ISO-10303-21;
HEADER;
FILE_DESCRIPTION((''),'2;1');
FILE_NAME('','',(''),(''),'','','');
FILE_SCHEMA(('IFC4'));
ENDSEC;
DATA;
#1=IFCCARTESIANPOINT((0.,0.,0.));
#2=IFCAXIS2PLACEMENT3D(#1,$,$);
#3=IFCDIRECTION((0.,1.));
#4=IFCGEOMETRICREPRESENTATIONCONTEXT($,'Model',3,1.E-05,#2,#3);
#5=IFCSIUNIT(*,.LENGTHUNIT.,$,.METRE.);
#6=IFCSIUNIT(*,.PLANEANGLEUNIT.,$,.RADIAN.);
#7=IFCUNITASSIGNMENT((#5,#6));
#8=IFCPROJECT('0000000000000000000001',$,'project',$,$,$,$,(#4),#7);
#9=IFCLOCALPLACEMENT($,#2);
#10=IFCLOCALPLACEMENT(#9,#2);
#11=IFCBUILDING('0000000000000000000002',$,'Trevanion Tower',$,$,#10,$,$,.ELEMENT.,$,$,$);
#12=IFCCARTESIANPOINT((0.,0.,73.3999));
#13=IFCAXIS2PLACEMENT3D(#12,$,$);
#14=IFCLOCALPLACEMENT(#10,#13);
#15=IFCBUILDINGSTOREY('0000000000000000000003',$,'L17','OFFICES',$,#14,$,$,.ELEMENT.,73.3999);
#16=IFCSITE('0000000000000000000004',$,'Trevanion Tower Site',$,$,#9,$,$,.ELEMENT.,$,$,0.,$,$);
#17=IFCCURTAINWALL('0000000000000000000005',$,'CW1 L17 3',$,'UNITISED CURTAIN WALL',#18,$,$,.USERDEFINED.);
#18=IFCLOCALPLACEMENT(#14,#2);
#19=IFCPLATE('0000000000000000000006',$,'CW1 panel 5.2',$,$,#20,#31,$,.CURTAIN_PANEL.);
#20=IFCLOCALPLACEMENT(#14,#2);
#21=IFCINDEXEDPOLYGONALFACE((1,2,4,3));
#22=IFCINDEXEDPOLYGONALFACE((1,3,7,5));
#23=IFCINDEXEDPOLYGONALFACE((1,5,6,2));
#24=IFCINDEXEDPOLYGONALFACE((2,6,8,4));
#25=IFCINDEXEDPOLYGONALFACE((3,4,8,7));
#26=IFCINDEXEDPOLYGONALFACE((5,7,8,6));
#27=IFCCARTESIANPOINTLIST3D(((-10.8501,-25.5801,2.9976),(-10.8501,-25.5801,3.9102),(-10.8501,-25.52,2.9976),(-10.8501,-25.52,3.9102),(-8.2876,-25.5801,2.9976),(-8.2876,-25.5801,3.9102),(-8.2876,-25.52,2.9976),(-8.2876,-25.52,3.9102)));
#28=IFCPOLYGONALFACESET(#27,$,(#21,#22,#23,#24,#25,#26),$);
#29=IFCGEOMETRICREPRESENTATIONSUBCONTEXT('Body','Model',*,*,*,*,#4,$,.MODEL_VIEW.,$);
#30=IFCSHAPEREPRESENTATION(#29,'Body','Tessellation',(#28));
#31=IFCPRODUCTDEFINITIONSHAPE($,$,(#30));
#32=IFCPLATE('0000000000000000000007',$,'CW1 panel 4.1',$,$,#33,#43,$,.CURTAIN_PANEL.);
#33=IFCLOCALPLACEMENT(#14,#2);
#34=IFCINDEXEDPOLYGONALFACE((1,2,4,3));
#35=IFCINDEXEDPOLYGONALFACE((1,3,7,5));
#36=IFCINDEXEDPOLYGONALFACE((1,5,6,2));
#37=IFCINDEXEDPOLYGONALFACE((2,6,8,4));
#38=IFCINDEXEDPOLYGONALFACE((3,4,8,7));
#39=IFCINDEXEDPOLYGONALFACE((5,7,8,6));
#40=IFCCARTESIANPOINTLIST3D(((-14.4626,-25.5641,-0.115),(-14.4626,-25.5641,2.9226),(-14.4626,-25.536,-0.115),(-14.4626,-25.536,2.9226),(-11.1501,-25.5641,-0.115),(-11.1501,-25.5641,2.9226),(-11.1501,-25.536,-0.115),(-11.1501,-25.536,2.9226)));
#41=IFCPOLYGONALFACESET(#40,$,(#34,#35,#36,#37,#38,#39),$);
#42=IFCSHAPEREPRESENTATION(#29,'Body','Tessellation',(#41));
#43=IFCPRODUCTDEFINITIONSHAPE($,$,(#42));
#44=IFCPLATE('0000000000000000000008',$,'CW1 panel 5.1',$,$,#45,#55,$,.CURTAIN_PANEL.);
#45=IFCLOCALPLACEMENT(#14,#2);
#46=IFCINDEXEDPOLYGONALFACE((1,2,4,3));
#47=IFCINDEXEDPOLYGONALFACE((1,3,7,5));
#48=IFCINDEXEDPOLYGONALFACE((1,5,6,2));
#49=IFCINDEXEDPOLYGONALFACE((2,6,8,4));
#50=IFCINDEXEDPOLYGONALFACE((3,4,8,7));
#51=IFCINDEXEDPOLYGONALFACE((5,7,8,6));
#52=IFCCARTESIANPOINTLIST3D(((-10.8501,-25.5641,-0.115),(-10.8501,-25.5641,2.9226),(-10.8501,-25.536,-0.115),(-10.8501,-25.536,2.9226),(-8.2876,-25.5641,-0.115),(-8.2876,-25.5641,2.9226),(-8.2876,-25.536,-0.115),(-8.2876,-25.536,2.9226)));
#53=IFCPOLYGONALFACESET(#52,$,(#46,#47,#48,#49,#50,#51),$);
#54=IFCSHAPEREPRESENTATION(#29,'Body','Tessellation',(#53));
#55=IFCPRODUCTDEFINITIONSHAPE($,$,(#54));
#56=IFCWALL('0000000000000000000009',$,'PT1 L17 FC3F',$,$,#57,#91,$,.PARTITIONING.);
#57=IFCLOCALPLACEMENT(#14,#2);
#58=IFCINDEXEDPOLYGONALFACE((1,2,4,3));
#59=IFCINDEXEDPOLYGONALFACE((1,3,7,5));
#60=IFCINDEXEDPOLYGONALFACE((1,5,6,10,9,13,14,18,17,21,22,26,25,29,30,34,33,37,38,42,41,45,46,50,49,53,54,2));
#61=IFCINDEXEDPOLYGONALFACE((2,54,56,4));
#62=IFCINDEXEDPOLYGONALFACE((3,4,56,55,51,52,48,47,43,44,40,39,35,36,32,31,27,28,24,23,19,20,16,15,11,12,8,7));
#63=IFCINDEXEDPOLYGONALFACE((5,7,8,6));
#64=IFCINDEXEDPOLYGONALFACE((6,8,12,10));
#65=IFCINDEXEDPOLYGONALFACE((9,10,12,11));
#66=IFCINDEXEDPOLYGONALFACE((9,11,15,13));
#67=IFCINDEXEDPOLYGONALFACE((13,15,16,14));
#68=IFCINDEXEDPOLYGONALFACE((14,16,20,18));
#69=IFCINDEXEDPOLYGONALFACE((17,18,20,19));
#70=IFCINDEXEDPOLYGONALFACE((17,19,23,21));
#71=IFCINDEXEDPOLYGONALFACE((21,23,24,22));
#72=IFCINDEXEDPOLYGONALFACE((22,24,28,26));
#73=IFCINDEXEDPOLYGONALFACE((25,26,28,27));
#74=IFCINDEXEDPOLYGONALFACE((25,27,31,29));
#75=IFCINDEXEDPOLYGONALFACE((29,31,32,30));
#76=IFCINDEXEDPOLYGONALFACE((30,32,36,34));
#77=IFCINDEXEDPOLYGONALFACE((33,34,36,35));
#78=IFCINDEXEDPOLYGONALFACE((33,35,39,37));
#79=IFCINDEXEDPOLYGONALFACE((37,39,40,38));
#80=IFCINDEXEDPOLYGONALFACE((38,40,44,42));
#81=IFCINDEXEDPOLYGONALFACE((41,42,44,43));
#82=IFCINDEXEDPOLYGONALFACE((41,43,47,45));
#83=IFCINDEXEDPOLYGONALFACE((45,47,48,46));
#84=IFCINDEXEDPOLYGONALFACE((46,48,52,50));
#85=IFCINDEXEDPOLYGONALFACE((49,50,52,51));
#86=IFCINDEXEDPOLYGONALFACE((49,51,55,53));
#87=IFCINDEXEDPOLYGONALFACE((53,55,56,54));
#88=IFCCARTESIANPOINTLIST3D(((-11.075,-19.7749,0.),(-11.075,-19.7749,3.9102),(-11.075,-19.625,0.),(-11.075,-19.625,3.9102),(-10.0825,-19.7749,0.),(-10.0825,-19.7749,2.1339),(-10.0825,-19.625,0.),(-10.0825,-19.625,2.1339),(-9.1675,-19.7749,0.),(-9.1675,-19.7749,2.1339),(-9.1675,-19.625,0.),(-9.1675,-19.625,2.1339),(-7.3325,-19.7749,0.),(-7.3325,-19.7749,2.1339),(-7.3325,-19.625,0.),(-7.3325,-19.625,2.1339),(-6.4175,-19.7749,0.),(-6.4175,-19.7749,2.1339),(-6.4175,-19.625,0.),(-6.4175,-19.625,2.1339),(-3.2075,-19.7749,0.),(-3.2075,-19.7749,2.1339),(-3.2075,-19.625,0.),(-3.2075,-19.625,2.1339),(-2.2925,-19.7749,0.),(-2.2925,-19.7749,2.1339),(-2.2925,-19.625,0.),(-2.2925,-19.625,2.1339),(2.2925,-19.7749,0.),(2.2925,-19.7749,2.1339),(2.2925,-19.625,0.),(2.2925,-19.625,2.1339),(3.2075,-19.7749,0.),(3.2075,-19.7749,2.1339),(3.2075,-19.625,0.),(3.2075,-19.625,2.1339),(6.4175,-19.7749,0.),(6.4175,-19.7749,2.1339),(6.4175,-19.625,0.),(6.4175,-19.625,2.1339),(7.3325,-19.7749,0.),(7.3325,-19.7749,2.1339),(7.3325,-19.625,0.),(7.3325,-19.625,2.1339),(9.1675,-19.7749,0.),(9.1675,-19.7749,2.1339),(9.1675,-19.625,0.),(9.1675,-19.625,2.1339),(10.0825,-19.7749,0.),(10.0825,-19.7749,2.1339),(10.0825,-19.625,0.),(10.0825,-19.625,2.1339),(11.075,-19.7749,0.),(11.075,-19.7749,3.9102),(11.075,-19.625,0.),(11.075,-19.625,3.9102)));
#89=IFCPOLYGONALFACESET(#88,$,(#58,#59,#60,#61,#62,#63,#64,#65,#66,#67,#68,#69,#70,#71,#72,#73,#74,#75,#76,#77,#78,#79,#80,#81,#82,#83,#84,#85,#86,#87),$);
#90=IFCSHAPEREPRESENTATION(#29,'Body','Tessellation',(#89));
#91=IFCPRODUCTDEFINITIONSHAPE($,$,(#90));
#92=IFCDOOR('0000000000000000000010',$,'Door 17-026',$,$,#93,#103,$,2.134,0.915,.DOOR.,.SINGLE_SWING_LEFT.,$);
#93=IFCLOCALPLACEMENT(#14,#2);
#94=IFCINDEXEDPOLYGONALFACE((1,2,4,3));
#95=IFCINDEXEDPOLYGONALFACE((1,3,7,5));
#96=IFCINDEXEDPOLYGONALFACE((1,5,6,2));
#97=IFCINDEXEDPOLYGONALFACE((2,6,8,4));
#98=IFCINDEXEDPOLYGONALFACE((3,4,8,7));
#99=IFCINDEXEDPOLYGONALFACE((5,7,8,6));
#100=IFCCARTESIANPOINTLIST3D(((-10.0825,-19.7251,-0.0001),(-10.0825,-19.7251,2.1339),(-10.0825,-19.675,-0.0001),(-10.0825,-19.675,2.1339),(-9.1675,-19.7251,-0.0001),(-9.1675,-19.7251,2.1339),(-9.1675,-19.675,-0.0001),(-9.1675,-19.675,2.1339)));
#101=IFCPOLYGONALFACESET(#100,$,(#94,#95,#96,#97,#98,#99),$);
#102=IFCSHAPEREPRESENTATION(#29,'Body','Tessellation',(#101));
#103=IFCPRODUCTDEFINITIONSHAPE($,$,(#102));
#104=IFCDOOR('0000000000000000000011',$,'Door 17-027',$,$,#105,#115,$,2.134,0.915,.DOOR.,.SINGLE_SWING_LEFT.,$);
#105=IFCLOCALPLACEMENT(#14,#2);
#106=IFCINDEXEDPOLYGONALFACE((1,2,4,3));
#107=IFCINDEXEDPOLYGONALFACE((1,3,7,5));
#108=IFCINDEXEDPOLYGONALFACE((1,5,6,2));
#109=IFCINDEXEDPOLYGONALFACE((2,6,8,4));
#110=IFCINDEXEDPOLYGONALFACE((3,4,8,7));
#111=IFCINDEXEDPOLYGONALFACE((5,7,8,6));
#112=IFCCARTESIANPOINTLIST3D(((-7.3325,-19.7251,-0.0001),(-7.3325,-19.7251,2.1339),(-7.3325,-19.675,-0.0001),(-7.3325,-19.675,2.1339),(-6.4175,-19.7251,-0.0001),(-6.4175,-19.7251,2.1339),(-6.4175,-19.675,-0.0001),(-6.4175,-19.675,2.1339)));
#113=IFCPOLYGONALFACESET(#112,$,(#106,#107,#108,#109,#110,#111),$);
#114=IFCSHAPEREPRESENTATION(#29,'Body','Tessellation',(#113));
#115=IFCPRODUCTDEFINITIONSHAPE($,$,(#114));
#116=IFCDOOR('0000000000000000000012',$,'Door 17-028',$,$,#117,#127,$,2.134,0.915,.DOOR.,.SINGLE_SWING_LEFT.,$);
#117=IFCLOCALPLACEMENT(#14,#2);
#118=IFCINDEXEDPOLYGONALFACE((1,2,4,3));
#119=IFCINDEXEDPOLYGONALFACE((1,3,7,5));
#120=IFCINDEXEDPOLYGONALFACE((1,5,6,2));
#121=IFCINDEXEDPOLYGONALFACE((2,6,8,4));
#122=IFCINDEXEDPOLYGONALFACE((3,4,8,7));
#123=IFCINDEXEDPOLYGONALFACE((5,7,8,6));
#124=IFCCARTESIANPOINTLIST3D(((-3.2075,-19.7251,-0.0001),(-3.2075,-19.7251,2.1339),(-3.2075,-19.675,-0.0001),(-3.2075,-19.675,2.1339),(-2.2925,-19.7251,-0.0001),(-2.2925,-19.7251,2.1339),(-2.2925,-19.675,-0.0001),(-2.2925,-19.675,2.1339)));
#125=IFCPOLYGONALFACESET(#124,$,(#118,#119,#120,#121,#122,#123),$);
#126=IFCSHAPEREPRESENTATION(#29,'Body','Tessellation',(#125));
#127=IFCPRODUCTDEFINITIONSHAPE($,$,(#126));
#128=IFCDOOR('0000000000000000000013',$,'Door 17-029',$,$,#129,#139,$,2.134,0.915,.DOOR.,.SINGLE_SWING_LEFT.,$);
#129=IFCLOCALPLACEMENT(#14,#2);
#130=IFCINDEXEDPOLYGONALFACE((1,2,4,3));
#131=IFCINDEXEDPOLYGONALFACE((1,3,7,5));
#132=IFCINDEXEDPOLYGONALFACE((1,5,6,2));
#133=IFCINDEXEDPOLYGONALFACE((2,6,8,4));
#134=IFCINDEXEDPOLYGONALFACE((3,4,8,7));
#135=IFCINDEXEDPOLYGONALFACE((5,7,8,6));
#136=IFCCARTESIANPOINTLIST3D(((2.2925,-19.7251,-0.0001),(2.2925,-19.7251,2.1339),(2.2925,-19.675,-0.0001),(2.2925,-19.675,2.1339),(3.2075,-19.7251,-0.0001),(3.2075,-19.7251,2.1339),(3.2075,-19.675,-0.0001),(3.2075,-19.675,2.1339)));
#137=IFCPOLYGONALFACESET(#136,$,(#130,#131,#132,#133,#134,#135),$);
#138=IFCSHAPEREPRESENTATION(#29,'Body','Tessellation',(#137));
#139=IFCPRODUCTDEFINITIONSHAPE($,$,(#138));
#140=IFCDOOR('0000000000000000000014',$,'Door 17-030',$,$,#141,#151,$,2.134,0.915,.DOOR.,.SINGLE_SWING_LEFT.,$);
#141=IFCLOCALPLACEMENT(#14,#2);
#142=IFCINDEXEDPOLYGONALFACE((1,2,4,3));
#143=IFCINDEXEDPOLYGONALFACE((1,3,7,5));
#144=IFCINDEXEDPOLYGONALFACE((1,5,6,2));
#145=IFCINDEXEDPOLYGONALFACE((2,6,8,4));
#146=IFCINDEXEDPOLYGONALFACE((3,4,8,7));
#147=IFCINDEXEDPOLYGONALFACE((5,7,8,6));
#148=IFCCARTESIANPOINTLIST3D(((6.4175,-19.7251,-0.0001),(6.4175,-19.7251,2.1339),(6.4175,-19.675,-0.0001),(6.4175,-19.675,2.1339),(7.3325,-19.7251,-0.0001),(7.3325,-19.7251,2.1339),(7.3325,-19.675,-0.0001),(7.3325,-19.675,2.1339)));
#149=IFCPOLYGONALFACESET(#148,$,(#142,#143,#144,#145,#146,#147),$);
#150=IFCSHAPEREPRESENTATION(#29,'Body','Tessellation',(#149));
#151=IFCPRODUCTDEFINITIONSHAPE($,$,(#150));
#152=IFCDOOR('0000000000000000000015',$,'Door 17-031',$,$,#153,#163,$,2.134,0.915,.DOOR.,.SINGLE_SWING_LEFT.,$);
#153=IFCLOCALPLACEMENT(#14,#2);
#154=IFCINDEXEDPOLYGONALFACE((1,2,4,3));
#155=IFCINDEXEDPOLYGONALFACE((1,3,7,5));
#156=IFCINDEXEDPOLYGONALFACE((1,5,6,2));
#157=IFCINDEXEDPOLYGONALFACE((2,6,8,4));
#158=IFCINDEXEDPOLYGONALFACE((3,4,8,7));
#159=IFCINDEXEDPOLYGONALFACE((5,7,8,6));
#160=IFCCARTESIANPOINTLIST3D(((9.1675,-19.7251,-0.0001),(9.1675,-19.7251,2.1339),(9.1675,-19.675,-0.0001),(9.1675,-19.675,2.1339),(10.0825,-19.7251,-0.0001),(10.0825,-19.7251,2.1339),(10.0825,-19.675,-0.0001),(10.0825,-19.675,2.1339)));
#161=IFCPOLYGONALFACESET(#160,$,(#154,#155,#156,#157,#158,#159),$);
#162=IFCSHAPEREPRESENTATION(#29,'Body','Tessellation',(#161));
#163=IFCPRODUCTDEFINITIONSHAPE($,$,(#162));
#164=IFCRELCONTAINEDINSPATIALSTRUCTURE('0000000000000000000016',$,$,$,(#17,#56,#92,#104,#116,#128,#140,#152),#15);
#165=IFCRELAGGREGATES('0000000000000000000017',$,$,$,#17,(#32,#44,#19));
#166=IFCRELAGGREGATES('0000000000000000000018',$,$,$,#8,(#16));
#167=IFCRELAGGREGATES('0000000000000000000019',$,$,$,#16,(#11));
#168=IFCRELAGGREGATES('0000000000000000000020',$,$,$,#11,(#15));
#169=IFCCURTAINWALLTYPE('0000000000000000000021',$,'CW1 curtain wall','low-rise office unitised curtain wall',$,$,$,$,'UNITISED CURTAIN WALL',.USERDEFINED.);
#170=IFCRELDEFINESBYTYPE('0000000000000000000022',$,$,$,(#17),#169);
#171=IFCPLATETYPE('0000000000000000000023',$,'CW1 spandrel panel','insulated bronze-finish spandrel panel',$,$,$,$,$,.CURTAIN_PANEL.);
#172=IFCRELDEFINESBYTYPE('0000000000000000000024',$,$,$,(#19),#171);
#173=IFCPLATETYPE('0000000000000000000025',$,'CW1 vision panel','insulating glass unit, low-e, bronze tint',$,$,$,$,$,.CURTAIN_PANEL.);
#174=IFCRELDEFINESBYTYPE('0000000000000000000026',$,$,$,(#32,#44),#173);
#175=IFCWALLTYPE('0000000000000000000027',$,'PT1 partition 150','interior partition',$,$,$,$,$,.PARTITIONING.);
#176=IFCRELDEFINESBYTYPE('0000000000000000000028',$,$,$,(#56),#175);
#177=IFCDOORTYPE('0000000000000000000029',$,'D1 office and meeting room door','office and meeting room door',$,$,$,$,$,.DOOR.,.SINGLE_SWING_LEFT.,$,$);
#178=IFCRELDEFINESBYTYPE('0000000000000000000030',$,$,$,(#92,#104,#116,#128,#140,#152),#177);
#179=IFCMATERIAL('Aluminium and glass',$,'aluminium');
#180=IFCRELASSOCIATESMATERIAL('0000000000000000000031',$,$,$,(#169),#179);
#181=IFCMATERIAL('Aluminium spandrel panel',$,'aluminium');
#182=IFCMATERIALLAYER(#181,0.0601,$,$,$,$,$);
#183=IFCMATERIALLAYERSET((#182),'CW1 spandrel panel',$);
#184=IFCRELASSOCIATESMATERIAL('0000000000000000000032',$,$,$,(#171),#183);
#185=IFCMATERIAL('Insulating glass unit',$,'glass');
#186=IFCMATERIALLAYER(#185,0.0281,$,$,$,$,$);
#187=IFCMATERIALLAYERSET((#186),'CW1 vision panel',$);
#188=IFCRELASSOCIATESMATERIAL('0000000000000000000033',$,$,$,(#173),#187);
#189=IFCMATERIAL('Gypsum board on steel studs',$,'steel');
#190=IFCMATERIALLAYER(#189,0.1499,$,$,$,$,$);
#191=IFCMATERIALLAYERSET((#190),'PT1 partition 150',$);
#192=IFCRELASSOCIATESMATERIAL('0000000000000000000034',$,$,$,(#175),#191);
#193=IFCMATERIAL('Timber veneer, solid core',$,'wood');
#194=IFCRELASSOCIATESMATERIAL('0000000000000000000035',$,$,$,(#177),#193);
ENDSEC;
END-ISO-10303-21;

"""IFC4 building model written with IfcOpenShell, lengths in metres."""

from ifc_helpers import new_model, si_unit, direction, frame, frame_2d, origin, origin_2d, place, context, subcontext, project, spatial, rectangle, extrude, material, layer, layer_set, type_object, element, fill, aggregate, save


model = new_model("IFC4")

# Units and contexts
model_context = context("Model", 3, precision=1e-05, world=origin(), true_north=direction((0.0, 1.0)))
body_context = subcontext(model_context, "Body", "Model", "MODEL_VIEW")
ifc_project = project(units=[si_unit("LENGTHUNIT", "METRE"), si_unit("PLANEANGLEUNIT", "RADIAN")], contexts=[model_context])

# Site, building, storey
site_placement = place(None, origin())
site = spatial("IfcSite", under=ifc_project, at=site_placement, Name="Trevanion Tower Site", CompositionType="ELEMENT", RefElevation=0.0)
building_placement = place(site_placement, origin())
building = spatial("IfcBuilding", under=site, at=building_placement, Name="Trevanion Tower", CompositionType="ELEMENT")
storey_placement = place(building_placement, frame((0.0, 0.0, 73.3999)))
storey = spatial("IfcBuildingStorey", under=building, at=storey_placement, Name="L17", Description="OFFICES", CompositionType="ELEMENT", Elevation=73.3999)

# Curtain wall
ifc_material_1 = material(Name="Aluminium and glass", Category="aluminium")
curtain_wall_type = type_object("IfcCurtainWallType", Name="CW1 curtain wall", Description="low-rise office unitised curtain wall", ElementType="UNITISED CURTAIN WALL", PredefinedType="USERDEFINED", material=ifc_material_1)
curtain_wall_placement = place(storey_placement, origin())
curtain_wall = element("IfcCurtainWall", 1, at=curtain_wall_placement, inside=storey, type_object=curtain_wall_type, Name="CW1 L17 3", ObjectType="UNITISED CURTAIN WALL", PredefinedType="USERDEFINED")

# Plates
ifc_material_2 = material(Name="Aluminium spandrel panel", Category="aluminium")
ifc_layer_1 = layer(ifc_material_2, 0.0601)
ifc_layer_set_1 = layer_set([ifc_layer_1], Name="CW1 spandrel panel")
plate_type_1 = type_object("IfcPlateType", Name="CW1 spandrel panel", Description="insulated bronze-finish spandrel panel", PredefinedType="CURTAIN_PANEL", material=ifc_layer_set_1)
plate_1_placement = place(storey_placement, frame((-9.5688, -25.55, 2.9976), z_axis=(0.0, 0.0, 1.0), x_axis=(1.0, 0.0, 0.0)))
plate_1 = element("IfcPlate", 2, at=plate_1_placement, type_object=plate_type_1, Name="CW1 panel 5.2", PredefinedType="CURTAIN_PANEL", context=body_context, shape_type="SweptSolid", body=[
    extrude(rectangle(XDim=2.5625, YDim=0.0601, at=origin_2d()), origin(), (0.0, 0.0, 1.0), 0.9126),
])
ifc_material_3 = material(Name="Insulating glass unit", Category="glass")
ifc_layer_2 = layer(ifc_material_3, 0.0281)
ifc_layer_set_2 = layer_set([ifc_layer_2], Name="CW1 vision panel")
plate_type_2 = type_object("IfcPlateType", Name="CW1 vision panel", Description="insulating glass unit, low-e, bronze tint", PredefinedType="CURTAIN_PANEL", material=ifc_layer_set_2)
plate_2_placement = place(storey_placement, frame((-12.8064, -25.55, -0.115), z_axis=(0.0, 0.0, 1.0), x_axis=(1.0, 0.0, 0.0)))
plate_2 = element("IfcPlate", 3, at=plate_2_placement, type_object=plate_type_2, Name="CW1 panel 4.1", PredefinedType="CURTAIN_PANEL", context=body_context, shape_type="SweptSolid", body=[
    extrude(rectangle(XDim=3.3125, YDim=0.0281, at=origin_2d()), origin(), (0.0, 0.0, 1.0), 3.0376),
])
plate_3_placement = place(storey_placement, frame((-9.5688, -25.55, -0.115), z_axis=(0.0, 0.0, 1.0), x_axis=(1.0, 0.0, 0.0)))
plate_3 = element("IfcPlate", 4, at=plate_3_placement, type_object=plate_type_2, Name="CW1 panel 5.1", PredefinedType="CURTAIN_PANEL", context=body_context, shape_type="SweptSolid", body=[
    extrude(rectangle(XDim=2.5625, YDim=0.0281, at=origin_2d()), origin(), (0.0, 0.0, 1.0), 3.0376),
])
aggregate(curtain_wall, [plate_2, plate_3, plate_1])

# Wall, openings, doors
ifc_material_4 = material(Name="Gypsum board on steel studs", Category="steel")
ifc_layer_3 = layer(ifc_material_4, 0.1499)
ifc_layer_set_3 = layer_set([ifc_layer_3], Name="PT1 partition 150")
wall_type = type_object("IfcWallType", Name="PT1 partition 150", Description="interior partition", PredefinedType="PARTITIONING", material=ifc_layer_set_3)
wall_1_placement = place(storey_placement, frame((-11.075, -19.7, 0.0), z_axis=(0.0, 0.0, 1.0), x_axis=(1.0, 0.0, 0.0)))
wall_1 = element("IfcWall", 5, at=wall_1_placement, inside=storey, type_object=wall_type, Name="PT1 L17 FC3F", PredefinedType="PARTITIONING", context=body_context, shape_type="SweptSolid", body=[
    extrude(rectangle(XDim=22.1499, YDim=0.1499, at=frame_2d((11.075, 0.0))), origin(), (0.0, 0.0, 1.0), 3.9102),
])
opening_1_placement = place(wall_1_placement, frame((0.9924, 0.0, 0.0)))
opening_1 = element("IfcOpeningElement", 6, at=opening_1_placement, cuts=wall_1, PredefinedType="OPENING", context=body_context, shape_type="SweptSolid", body=[
    extrude(rectangle(XDim=0.915, YDim=2.134, at=frame_2d((0.4575, 1.0669))), frame((0.0, 0.085, 0.0), z_axis=(0.0, -1.0, 0.0), x_axis=(1.0, 0.0, 0.0)), (0.0, 0.0, 1.0), 0.1699),
])
opening_2_placement = place(wall_1_placement, frame((3.7424, 0.0, 0.0)))
opening_2 = element("IfcOpeningElement", 7, at=opening_2_placement, cuts=wall_1, PredefinedType="OPENING", context=body_context, shape_type="SweptSolid", body=[
    extrude(rectangle(XDim=0.915, YDim=2.134, at=frame_2d((0.4575, 1.0669))), frame((0.0, 0.085, 0.0), z_axis=(0.0, -1.0, 0.0), x_axis=(1.0, 0.0, 0.0)), (0.0, 0.0, 1.0), 0.1699),
])
opening_3_placement = place(wall_1_placement, frame((7.8674, 0.0, 0.0)))
opening_3 = element("IfcOpeningElement", 8, at=opening_3_placement, cuts=wall_1, PredefinedType="OPENING", context=body_context, shape_type="SweptSolid", body=[
    extrude(rectangle(XDim=0.915, YDim=2.134, at=frame_2d((0.4575, 1.0669))), frame((0.0, 0.085, 0.0), z_axis=(0.0, -1.0, 0.0), x_axis=(1.0, 0.0, 0.0)), (0.0, 0.0, 1.0), 0.1699),
])
opening_4_placement = place(wall_1_placement, frame((13.3674, 0.0, 0.0)))
opening_4 = element("IfcOpeningElement", 9, at=opening_4_placement, cuts=wall_1, PredefinedType="OPENING", context=body_context, shape_type="SweptSolid", body=[
    extrude(rectangle(XDim=0.915, YDim=2.134, at=frame_2d((0.4575, 1.0669))), frame((0.0, 0.085, 0.0), z_axis=(0.0, -1.0, 0.0), x_axis=(1.0, 0.0, 0.0)), (0.0, 0.0, 1.0), 0.1699),
])
opening_5_placement = place(wall_1_placement, frame((17.4924, 0.0, 0.0)))
opening_5 = element("IfcOpeningElement", 10, at=opening_5_placement, cuts=wall_1, PredefinedType="OPENING", context=body_context, shape_type="SweptSolid", body=[
    extrude(rectangle(XDim=0.915, YDim=2.134, at=frame_2d((0.4575, 1.0669))), frame((0.0, 0.085, 0.0), z_axis=(0.0, -1.0, 0.0), x_axis=(1.0, 0.0, 0.0)), (0.0, 0.0, 1.0), 0.1699),
])
opening_6_placement = place(wall_1_placement, frame((20.2424, 0.0, 0.0)))
opening_6 = element("IfcOpeningElement", 11, at=opening_6_placement, cuts=wall_1, PredefinedType="OPENING", context=body_context, shape_type="SweptSolid", body=[
    extrude(rectangle(XDim=0.915, YDim=2.134, at=frame_2d((0.4575, 1.0669))), frame((0.0, 0.085, 0.0), z_axis=(0.0, -1.0, 0.0), x_axis=(1.0, 0.0, 0.0)), (0.0, 0.0, 1.0), 0.1699),
])
ifc_material_5 = material(Name="Timber veneer, solid core", Category="wood")
door_type = type_object("IfcDoorType", Name="D1 office and meeting room door", Description="office and meeting room door", OperationType="SINGLE_SWING_LEFT", PredefinedType="DOOR", material=ifc_material_5)
door_1_placement = place(opening_1_placement, origin())
door_1 = element("IfcDoor", 12, at=door_1_placement, inside=storey, type_object=door_type, Name="Door 17-026", OperationType="SINGLE_SWING_LEFT", OverallHeight=2.134, OverallWidth=0.915, PredefinedType="DOOR", context=body_context, shape_type="SweptSolid", body=[
    extrude(rectangle(XDim=0.915, YDim=2.134, at=frame_2d((0.4575, 1.0669))), frame((0.0, 0.0249, 0.0), z_axis=(0.0, -1.0, 0.0), x_axis=(1.0, 0.0, 0.0)), (0.0, 0.0, 1.0), 0.05),
])
fill(opening_1, door_1)
door_2_placement = place(opening_2_placement, origin())
door_2 = element("IfcDoor", 13, at=door_2_placement, inside=storey, type_object=door_type, Name="Door 17-027", OperationType="SINGLE_SWING_LEFT", OverallHeight=2.134, OverallWidth=0.915, PredefinedType="DOOR", context=body_context, shape_type="SweptSolid", body=[
    extrude(rectangle(XDim=0.915, YDim=2.134, at=frame_2d((0.4575, 1.0669))), frame((0.0, 0.0249, 0.0), z_axis=(0.0, -1.0, 0.0), x_axis=(1.0, 0.0, 0.0)), (0.0, 0.0, 1.0), 0.05),
])
fill(opening_2, door_2)
door_3_placement = place(opening_3_placement, origin())
door_3 = element("IfcDoor", 14, at=door_3_placement, inside=storey, type_object=door_type, Name="Door 17-028", OperationType="SINGLE_SWING_LEFT", OverallHeight=2.134, OverallWidth=0.915, PredefinedType="DOOR", context=body_context, shape_type="SweptSolid", body=[
    extrude(rectangle(XDim=0.915, YDim=2.134, at=frame_2d((0.4575, 1.0669))), frame((0.0, 0.0249, 0.0), z_axis=(0.0, -1.0, 0.0), x_axis=(1.0, 0.0, 0.0)), (0.0, 0.0, 1.0), 0.05),
])
fill(opening_3, door_3)
door_4_placement = place(opening_4_placement, origin())
door_4 = element("IfcDoor", 15, at=door_4_placement, inside=storey, type_object=door_type, Name="Door 17-029", OperationType="SINGLE_SWING_LEFT", OverallHeight=2.134, OverallWidth=0.915, PredefinedType="DOOR", context=body_context, shape_type="SweptSolid", body=[
    extrude(rectangle(XDim=0.915, YDim=2.134, at=frame_2d((0.4575, 1.0669))), frame((0.0, 0.0249, 0.0), z_axis=(0.0, -1.0, 0.0), x_axis=(1.0, 0.0, 0.0)), (0.0, 0.0, 1.0), 0.05),
])
fill(opening_4, door_4)
door_5_placement = place(opening_5_placement, origin())
door_5 = element("IfcDoor", 16, at=door_5_placement, inside=storey, type_object=door_type, Name="Door 17-030", OperationType="SINGLE_SWING_LEFT", OverallHeight=2.134, OverallWidth=0.915, PredefinedType="DOOR", context=body_context, shape_type="SweptSolid", body=[
    extrude(rectangle(XDim=0.915, YDim=2.134, at=frame_2d((0.4575, 1.0669))), frame((0.0, 0.0249, 0.0), z_axis=(0.0, -1.0, 0.0), x_axis=(1.0, 0.0, 0.0)), (0.0, 0.0, 1.0), 0.05),
])
fill(opening_5, door_5)
door_6_placement = place(opening_6_placement, origin())
door_6 = element("IfcDoor", 17, at=door_6_placement, inside=storey, type_object=door_type, Name="Door 17-031", OperationType="SINGLE_SWING_LEFT", OverallHeight=2.134, OverallWidth=0.915, PredefinedType="DOOR", context=body_context, shape_type="SweptSolid", body=[
    extrude(rectangle(XDim=0.915, YDim=2.134, at=frame_2d((0.4575, 1.0669))), frame((0.0, 0.0249, 0.0), z_axis=(0.0, -1.0, 0.0), x_axis=(1.0, 0.0, 0.0)), (0.0, 0.0, 1.0), 0.05),
])
fill(opening_6, door_6)

save(model, "model.ifc")
